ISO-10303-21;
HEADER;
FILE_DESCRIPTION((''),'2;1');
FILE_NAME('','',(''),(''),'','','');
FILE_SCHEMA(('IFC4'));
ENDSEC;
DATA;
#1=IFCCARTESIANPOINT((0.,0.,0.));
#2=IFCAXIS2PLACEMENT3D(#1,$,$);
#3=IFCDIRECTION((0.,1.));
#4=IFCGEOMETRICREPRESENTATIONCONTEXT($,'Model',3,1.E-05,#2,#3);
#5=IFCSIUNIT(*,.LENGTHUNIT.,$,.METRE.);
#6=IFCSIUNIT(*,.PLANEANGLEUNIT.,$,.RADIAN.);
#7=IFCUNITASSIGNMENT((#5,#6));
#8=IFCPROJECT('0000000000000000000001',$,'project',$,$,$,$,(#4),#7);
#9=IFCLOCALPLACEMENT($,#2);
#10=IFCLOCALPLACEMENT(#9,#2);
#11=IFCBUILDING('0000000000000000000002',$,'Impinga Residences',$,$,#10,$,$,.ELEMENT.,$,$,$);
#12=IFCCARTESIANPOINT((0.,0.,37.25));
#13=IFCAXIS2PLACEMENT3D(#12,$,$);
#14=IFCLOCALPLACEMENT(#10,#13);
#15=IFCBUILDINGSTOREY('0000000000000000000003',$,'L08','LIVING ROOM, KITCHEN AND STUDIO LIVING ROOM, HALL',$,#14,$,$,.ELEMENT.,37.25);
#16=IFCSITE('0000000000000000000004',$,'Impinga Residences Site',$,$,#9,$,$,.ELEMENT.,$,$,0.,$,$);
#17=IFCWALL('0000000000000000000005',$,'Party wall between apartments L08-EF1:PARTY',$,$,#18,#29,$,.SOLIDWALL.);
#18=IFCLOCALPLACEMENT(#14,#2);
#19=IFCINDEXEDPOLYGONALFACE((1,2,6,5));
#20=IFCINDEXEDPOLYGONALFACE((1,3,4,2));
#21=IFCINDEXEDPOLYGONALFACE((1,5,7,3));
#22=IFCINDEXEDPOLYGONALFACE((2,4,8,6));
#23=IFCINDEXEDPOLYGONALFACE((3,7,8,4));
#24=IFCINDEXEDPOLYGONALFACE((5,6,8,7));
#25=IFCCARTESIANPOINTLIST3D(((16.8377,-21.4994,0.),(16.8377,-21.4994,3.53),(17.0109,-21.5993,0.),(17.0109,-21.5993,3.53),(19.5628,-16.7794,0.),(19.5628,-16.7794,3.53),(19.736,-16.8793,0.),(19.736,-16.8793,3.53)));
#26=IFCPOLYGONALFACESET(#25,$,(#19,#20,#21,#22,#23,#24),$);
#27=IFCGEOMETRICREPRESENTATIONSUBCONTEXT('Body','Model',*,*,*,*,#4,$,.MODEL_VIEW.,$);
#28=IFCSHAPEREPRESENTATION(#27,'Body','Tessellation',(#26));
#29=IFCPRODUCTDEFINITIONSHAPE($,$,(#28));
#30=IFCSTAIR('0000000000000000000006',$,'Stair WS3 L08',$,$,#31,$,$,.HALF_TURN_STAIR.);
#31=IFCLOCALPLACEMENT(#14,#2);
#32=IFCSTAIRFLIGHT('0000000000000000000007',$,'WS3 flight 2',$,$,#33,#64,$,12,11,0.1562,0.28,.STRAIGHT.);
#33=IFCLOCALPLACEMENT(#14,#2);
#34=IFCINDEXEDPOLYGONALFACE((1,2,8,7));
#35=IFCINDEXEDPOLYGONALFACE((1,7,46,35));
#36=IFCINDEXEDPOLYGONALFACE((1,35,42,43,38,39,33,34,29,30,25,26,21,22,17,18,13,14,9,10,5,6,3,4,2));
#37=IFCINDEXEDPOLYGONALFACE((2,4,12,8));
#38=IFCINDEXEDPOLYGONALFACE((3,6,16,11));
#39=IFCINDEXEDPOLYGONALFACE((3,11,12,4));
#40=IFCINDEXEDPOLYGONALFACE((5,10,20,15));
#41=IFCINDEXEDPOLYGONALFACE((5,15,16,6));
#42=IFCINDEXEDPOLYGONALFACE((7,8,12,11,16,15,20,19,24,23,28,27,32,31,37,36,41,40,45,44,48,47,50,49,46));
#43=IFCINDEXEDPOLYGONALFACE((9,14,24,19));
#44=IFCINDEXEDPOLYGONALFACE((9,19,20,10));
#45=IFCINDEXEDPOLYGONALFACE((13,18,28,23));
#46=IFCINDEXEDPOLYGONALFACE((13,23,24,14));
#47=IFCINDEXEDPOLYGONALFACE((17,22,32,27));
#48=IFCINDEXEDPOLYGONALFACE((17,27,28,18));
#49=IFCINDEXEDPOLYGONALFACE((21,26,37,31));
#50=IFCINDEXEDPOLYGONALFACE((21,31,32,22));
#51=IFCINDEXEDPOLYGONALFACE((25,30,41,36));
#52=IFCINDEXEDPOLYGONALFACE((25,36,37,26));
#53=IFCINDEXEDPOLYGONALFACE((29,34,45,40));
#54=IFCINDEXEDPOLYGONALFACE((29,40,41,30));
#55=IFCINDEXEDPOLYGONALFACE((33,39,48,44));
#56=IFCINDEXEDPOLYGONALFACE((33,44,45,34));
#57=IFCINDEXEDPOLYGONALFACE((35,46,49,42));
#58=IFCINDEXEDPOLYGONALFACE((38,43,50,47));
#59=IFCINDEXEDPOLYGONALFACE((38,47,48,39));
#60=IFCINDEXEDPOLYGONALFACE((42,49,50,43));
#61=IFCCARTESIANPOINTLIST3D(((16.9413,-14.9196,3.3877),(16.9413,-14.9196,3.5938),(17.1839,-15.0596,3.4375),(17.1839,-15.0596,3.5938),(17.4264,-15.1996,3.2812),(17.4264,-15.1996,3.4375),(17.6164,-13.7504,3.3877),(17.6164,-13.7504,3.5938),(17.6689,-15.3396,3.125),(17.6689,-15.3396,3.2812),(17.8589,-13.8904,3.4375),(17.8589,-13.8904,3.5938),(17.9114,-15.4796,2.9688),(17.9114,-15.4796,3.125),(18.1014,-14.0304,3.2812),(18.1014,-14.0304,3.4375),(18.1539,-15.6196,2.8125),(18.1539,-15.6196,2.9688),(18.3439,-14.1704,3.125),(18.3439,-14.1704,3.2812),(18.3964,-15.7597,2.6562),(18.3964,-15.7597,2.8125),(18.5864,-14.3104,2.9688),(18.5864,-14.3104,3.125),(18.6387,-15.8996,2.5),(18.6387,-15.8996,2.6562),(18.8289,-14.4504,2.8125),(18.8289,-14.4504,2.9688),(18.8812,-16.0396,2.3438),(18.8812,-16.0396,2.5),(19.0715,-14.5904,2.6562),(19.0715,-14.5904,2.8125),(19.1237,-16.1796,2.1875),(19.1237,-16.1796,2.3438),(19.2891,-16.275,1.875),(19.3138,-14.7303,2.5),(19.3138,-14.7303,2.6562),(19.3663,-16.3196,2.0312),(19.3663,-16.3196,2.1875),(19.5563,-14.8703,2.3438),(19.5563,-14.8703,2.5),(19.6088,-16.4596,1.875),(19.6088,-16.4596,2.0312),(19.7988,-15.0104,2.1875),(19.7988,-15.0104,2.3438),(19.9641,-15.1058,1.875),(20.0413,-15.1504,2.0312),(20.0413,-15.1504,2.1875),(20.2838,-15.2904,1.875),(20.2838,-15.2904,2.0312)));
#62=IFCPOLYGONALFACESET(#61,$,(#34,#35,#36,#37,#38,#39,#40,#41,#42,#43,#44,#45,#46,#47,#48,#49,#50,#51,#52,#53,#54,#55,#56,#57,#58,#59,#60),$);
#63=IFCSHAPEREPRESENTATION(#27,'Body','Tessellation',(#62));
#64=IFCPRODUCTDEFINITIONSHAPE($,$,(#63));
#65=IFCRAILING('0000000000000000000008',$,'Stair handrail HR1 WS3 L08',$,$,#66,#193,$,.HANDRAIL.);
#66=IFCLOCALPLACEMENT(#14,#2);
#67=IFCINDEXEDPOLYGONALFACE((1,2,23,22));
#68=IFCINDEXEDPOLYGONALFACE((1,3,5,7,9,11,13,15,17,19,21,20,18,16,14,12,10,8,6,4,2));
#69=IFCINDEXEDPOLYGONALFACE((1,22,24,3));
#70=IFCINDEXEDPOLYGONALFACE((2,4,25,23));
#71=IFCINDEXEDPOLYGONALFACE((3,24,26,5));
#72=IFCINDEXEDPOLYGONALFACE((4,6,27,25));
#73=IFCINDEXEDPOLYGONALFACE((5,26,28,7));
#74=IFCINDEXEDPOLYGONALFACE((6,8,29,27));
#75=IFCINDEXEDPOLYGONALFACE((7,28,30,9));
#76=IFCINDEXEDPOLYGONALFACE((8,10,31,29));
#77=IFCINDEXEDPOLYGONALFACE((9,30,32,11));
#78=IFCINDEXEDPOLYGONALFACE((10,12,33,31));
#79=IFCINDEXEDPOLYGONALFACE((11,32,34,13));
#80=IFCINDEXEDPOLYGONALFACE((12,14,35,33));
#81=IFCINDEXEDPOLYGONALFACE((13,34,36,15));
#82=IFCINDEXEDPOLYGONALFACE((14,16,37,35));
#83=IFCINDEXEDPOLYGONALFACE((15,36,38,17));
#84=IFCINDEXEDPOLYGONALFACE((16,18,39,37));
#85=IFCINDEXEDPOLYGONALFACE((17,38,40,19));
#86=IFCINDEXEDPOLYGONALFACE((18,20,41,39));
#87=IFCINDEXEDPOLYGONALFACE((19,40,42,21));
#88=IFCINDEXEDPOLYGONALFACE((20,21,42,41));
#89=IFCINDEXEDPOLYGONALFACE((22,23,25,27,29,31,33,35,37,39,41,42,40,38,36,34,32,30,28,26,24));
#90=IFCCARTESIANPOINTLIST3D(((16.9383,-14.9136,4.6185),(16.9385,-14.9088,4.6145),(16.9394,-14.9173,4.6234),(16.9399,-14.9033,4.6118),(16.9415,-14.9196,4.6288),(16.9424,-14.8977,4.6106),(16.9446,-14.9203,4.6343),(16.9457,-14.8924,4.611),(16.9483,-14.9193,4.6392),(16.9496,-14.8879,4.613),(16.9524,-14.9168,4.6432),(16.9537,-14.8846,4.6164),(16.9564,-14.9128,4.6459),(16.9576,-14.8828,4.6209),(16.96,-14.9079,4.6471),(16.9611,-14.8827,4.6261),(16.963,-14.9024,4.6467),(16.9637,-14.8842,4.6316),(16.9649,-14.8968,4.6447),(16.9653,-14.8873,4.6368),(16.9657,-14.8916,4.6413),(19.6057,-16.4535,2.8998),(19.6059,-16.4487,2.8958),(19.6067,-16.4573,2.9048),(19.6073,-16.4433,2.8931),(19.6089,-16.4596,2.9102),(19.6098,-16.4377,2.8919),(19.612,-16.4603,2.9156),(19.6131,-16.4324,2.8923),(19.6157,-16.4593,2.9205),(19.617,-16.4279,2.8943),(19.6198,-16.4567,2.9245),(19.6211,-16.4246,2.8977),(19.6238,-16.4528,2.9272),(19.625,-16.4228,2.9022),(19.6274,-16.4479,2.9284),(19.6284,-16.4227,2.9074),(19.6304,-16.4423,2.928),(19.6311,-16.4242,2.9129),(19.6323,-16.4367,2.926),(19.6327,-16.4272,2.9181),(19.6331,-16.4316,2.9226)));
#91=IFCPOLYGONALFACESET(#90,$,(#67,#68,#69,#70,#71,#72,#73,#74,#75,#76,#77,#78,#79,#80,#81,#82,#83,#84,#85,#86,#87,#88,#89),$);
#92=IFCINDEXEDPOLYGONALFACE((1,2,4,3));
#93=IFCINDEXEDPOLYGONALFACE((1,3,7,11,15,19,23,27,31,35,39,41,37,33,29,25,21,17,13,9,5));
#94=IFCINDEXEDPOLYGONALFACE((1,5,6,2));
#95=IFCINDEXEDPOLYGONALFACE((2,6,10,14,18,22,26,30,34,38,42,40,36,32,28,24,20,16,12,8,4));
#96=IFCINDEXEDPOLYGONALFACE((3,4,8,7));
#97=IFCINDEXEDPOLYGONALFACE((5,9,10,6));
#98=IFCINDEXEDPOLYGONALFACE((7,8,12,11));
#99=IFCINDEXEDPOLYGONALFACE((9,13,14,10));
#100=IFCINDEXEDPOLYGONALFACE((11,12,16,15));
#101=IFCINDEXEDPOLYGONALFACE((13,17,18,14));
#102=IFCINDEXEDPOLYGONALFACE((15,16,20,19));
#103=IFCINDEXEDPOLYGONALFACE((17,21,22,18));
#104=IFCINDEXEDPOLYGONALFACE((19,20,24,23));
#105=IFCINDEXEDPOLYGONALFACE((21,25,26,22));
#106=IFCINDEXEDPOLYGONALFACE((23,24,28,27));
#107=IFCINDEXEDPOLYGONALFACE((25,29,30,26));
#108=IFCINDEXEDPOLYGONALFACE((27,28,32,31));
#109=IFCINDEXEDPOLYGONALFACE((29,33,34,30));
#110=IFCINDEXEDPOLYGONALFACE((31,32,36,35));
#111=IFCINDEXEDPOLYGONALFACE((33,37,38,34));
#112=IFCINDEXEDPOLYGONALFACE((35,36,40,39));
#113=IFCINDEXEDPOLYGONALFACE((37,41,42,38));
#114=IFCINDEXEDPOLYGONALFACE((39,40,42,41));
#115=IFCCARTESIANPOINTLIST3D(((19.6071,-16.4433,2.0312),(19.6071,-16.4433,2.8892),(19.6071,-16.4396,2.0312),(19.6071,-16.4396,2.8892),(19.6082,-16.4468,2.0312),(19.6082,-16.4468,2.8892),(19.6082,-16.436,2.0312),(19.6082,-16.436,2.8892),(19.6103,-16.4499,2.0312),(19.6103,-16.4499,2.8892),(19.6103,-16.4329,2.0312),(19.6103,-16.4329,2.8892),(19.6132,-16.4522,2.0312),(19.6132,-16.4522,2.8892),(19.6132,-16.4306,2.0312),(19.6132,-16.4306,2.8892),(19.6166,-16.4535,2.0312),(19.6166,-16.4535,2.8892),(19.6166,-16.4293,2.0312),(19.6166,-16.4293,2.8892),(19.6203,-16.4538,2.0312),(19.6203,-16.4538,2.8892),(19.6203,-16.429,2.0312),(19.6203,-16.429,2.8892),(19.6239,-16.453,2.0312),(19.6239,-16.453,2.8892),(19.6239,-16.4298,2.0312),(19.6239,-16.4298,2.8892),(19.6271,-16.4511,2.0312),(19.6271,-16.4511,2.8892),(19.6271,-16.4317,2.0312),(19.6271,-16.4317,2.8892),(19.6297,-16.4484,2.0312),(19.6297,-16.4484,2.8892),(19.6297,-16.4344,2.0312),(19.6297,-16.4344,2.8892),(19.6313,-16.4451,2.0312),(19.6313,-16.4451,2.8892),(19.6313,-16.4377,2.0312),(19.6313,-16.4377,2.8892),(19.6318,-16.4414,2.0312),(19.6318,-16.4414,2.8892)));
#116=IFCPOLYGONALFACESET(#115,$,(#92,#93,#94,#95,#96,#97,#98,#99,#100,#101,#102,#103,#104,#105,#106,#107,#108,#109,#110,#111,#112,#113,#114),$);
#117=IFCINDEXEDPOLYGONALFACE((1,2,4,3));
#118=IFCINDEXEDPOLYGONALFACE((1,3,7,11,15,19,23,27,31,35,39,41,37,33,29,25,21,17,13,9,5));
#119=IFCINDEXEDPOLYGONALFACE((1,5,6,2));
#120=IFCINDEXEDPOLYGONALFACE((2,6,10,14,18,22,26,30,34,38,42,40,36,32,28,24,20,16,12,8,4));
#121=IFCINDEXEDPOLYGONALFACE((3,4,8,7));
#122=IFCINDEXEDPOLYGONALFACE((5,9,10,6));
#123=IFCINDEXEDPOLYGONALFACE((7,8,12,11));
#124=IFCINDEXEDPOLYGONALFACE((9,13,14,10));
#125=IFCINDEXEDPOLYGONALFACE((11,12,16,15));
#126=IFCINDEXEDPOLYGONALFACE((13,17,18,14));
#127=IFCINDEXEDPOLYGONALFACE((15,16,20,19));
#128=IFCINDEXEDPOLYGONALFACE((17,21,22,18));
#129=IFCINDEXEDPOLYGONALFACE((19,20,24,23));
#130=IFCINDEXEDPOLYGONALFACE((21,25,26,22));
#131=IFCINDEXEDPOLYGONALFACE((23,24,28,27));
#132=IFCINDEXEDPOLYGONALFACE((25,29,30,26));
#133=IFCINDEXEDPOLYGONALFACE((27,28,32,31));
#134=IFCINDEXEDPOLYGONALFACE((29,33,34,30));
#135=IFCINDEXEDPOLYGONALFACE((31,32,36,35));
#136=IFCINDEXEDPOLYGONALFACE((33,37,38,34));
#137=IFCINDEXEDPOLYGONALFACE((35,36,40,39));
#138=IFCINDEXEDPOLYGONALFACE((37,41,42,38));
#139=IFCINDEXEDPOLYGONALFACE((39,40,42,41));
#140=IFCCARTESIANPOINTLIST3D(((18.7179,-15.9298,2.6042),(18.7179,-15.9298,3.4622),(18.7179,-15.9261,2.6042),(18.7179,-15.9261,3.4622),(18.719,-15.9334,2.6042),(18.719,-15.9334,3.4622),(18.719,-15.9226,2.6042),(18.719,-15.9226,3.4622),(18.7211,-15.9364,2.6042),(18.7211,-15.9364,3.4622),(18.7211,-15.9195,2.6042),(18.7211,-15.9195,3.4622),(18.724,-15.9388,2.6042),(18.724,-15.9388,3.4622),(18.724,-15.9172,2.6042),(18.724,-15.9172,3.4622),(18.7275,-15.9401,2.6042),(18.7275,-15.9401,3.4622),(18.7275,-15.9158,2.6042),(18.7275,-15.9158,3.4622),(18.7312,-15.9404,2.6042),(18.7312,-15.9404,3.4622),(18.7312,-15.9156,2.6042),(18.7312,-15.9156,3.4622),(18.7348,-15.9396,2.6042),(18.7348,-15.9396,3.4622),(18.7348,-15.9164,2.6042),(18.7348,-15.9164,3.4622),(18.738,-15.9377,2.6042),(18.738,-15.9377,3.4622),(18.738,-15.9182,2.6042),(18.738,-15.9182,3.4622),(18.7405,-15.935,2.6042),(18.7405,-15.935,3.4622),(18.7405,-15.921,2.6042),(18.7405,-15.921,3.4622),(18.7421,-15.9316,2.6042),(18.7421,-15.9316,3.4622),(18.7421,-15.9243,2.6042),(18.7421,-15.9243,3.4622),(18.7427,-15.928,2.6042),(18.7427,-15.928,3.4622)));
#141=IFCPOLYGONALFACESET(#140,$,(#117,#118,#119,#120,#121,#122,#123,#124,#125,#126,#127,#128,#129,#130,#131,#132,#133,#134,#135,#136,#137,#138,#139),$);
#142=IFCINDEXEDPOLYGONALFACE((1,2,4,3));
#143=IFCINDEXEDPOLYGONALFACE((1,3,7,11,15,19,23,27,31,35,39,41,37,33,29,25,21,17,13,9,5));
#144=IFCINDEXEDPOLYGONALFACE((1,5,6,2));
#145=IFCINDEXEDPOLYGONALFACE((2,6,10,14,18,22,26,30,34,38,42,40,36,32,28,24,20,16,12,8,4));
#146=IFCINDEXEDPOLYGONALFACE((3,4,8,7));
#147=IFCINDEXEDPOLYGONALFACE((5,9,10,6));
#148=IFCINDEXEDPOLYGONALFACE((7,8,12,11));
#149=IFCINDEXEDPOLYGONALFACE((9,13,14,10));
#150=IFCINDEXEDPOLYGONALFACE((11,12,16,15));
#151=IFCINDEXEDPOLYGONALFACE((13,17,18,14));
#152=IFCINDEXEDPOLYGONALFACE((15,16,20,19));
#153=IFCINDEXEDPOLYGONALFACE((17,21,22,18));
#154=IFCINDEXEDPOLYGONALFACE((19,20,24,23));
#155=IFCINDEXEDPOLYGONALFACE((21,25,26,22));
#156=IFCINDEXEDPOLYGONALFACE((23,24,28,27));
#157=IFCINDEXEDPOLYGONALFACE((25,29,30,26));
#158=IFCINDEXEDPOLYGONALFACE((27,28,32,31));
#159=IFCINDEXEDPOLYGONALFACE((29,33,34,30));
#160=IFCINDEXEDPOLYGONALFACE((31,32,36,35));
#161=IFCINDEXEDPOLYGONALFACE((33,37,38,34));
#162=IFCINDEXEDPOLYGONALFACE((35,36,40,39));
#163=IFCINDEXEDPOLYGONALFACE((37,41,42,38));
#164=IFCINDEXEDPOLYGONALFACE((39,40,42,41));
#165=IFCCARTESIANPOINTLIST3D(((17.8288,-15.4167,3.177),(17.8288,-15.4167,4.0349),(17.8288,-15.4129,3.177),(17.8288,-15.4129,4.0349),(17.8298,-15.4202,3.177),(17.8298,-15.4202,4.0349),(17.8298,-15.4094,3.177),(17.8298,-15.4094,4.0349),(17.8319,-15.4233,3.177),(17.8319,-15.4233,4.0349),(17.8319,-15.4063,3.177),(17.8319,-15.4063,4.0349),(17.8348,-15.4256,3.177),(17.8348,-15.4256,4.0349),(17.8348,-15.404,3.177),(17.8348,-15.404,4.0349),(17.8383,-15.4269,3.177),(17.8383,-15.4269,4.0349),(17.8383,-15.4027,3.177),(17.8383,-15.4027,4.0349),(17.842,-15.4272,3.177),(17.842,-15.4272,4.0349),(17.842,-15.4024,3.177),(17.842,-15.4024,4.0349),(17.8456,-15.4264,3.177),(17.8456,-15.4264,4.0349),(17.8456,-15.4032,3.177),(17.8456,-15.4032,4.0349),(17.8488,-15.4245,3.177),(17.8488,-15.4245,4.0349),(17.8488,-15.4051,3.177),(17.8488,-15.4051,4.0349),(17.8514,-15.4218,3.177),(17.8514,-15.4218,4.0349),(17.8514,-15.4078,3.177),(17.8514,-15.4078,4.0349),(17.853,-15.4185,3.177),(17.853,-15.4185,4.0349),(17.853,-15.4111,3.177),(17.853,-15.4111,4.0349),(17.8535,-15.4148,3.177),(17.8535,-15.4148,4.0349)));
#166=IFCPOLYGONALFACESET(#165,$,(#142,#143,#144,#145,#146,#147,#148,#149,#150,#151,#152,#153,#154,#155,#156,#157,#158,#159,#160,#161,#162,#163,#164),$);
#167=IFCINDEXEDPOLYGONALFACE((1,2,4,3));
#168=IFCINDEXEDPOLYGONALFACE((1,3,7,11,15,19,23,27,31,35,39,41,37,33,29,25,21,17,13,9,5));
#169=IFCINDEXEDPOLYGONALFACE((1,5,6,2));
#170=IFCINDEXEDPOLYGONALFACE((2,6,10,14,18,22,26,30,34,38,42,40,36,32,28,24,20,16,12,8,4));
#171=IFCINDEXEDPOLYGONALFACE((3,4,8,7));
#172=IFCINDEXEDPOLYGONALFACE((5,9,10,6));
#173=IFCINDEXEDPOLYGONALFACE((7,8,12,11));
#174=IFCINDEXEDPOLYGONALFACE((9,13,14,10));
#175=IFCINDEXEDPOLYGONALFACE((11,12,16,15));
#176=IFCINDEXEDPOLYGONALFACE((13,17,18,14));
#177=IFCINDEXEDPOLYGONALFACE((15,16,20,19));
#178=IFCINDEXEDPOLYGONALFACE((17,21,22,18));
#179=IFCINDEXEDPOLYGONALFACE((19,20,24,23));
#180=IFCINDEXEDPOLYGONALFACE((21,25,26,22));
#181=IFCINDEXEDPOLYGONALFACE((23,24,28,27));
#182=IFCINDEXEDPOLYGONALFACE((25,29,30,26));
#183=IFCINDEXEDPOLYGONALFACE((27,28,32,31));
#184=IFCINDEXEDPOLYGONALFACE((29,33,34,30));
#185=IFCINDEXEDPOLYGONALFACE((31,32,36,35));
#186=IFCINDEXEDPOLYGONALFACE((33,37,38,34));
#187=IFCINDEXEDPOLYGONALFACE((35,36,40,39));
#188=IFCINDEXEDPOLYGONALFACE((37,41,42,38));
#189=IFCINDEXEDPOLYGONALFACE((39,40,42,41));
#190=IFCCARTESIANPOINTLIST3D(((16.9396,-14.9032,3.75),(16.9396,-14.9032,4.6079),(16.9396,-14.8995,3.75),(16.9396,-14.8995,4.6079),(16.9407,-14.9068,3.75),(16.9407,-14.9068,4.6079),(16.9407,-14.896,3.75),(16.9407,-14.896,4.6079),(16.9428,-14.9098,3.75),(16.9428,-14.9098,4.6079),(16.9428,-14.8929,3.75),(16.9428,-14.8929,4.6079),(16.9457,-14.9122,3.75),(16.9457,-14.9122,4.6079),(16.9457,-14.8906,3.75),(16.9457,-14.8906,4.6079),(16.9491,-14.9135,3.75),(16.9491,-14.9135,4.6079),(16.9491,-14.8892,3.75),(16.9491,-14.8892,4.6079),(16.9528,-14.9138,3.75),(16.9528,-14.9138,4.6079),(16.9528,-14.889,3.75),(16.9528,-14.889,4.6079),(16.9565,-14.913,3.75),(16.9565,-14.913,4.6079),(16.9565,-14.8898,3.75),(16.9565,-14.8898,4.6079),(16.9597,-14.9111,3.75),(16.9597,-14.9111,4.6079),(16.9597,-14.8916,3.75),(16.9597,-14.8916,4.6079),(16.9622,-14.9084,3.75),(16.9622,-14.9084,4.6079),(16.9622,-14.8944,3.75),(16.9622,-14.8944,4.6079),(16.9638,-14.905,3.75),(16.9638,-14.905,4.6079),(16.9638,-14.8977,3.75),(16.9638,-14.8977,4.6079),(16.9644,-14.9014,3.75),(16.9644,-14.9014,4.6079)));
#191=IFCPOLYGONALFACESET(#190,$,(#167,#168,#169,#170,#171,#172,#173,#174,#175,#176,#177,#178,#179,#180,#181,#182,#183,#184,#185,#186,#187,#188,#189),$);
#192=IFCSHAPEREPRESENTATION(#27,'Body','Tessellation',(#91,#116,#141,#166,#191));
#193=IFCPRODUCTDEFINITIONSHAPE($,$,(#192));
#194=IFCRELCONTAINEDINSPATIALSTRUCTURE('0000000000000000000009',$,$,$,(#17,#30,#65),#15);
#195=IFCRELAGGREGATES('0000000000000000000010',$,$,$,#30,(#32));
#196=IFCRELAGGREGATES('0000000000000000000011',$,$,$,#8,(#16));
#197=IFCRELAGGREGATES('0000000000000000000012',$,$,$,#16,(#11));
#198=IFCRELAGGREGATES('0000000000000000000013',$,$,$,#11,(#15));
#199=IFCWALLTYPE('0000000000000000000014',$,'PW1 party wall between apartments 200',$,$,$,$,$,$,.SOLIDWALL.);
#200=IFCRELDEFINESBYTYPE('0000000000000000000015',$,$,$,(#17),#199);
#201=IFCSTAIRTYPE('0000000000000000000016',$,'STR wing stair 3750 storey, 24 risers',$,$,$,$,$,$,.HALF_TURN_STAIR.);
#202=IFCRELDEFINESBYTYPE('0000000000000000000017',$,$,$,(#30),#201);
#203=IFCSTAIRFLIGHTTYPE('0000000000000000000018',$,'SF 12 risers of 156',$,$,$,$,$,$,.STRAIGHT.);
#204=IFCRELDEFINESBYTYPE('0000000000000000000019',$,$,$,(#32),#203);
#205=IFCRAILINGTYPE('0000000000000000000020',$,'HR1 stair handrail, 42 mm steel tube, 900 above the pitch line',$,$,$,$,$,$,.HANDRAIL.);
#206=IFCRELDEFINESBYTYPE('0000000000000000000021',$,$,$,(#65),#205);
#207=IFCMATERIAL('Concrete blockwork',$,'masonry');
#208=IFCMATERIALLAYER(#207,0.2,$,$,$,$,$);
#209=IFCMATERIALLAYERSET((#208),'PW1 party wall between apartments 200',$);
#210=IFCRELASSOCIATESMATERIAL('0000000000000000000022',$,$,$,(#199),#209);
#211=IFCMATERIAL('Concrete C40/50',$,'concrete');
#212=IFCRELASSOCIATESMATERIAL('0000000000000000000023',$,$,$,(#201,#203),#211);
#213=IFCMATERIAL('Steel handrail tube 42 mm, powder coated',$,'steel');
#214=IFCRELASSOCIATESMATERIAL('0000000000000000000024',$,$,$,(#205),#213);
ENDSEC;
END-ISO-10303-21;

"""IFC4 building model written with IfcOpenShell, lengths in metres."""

from ifc_helpers import new_model, si_unit, direction, frame, frame_2d, origin, origin_2d, place, context, subcontext, project, spatial, polyline, rectangle, circle, outline, extrude, material, layer, layer_set, type_object, element, aggregate, save


model = new_model("IFC4")

# Units and contexts
model_context = context("Model", 3, precision=1e-05, world=origin(), true_north=direction((0.0, 1.0)))
body_context = subcontext(model_context, "Body", "Model", "MODEL_VIEW")
ifc_project = project(units=[si_unit("LENGTHUNIT", "METRE"), si_unit("PLANEANGLEUNIT", "RADIAN")], contexts=[model_context])

# Site, building, storey
site_placement = place(None, origin())
site = spatial("IfcSite", under=ifc_project, at=site_placement, Name="Impinga Residences Site", CompositionType="ELEMENT", RefElevation=0.0)
building_placement = place(site_placement, origin())
building = spatial("IfcBuilding", under=site, at=building_placement, Name="Impinga Residences", CompositionType="ELEMENT")
storey_placement = place(building_placement, frame((0.0, 0.0, 37.25)))
storey = spatial("IfcBuildingStorey", under=building, at=storey_placement, Name="L08", Description="LIVING ROOM, KITCHEN AND STUDIO LIVING ROOM, HALL", CompositionType="ELEMENT", Elevation=37.25)

# Wall
ifc_material_1 = material(Name="Concrete blockwork", Category="masonry")
ifc_layer_1 = layer(ifc_material_1, 0.2)
ifc_layer_set_1 = layer_set([ifc_layer_1], Name="PW1 party wall between apartments 200")
wall_type_1 = type_object("IfcWallType", Name="PW1 party wall between apartments 200", PredefinedType="SOLIDWALL", material=ifc_layer_set_1)
wall_1_placement = place(storey_placement, frame((19.6494, -16.8293, 0.0), z_axis=(0.0, 0.0, 1.0), x_axis=(-0.500003, -0.866024, 0.0)))
element("IfcWall", 1, at=wall_1_placement, inside=storey, type_object=wall_type_1, Name="Party wall between apartments L08-EF1:PARTY", PredefinedType="SOLIDWALL", context=body_context, shape_type="SweptSolid", body=[
    extrude(rectangle(XDim=5.4502, YDim=0.2, at=frame_2d((2.7251, 0.0))), origin(), (0.0, 0.0, 1.0), 3.53),
])

# Stair, stair flight
ifc_material_2 = material(Name="Concrete C40/50", Category="concrete")
stair_type = type_object("IfcStairType", Name="STR wing stair 3750 storey, 24 risers", PredefinedType="HALF_TURN_STAIR", material=ifc_material_2)
stair_placement = place(storey_placement, origin())
stair = element("IfcStair", 2, at=stair_placement, inside=storey, type_object=stair_type, Name="Stair WS3 L08", PredefinedType="HALF_TURN_STAIR")
stair_flight_type = type_object("IfcStairFlightType", Name="SF 12 risers of 156", PredefinedType="STRAIGHT", material=ifc_material_2)
stair_flight_placement = place(storey_placement, frame((19.9463, -15.875, 1.875), z_axis=(0.0, 0.0, 1.0), x_axis=(-0.866025, 0.5, 0.0)))
stair_flight = element("IfcStairFlight", 3, at=stair_flight_placement, type_object=stair_flight_type, Name="WS3 flight 2", NumberOfRisers=12, NumberOfTreads=11, PredefinedType="STRAIGHT", RiserHeight=0.1562, TreadLength=0.28, context=body_context, shape_type="SweptSolid", body=[
    extrude(outline(polyline([(0.0, 0.0), (0.0, 0.1562), (0.28, 0.1562), (0.28, 0.3125), (0.5601, 0.3125), (0.5601, 0.4688), (0.8401, 0.4688), (0.8401, 0.625), (1.1201, 0.625), (1.1201, 0.7812), (1.3999, 0.7812), (1.3999, 0.9375), (1.6799, 0.9375), (1.6799, 1.0938), (1.96, 1.0938), (1.96, 1.25), (2.24, 1.25), (2.24, 1.4062), (2.52, 1.4062), (2.52, 1.5625), (2.8, 1.5625), (2.8, 1.7188), (3.0801, 1.7188), (3.0801, 1.875), (3.0801, 1.5127), (0.3691, 0.0), (0.0, 0.0)])), frame((0.0, 0.675, 0.0), z_axis=(0.0, -1.0, 0.0), x_axis=(1.0, 0.0, 0.0)), (0.0, 0.0, 1.0), 1.3501),
])
aggregate(stair, [stair_flight])

# Railing
ifc_material_3 = material(Name="Steel handrail tube 42 mm, powder coated", Category="steel")
railing_type = type_object("IfcRailingType", Name="HR1 stair handrail, 42 mm steel tube, 900 above the pitch line", PredefinedType="HANDRAIL", material=ifc_material_3)
railing_placement = place(storey_placement, frame((19.6194, -16.4414, 2.0312)))
element("IfcRailing", 4, at=railing_placement, inside=storey, type_object=railing_type, Name="Stair handrail HR1 WS3 L08", PredefinedType="HANDRAIL", context=body_context, shape_type="SweptSolid", body=[
    extrude(circle(Radius=0.021, at=origin_2d()), frame((0.0, 0.0, 0.8789), z_axis=(-0.756256, 0.436616, 0.487282), x_axis=(-0.499992, -0.86603, 0.0)), (0.0, 0.0, 1.0), 3.5271),
    extrude(circle(Radius=0.0125, at=origin_2d()), origin(), (0.0, 0.0, 1.0), 0.8579),
    extrude(circle(Radius=0.0125, at=origin_2d()), frame((-0.8892, 0.5134, 0.573)), (0.0, 0.0, 1.0), 0.8579),
    extrude(circle(Radius=0.0125, at=origin_2d()), frame((-1.7783, 1.0266, 1.1458)), (0.0, 0.0, 1.0), 0.8579),
    extrude(circle(Radius=0.0125, at=origin_2d()), frame((-2.6675, 1.54, 1.7188)), (0.0, 0.0, 1.0), 0.8579),
])

save(model, "model.ifc")
